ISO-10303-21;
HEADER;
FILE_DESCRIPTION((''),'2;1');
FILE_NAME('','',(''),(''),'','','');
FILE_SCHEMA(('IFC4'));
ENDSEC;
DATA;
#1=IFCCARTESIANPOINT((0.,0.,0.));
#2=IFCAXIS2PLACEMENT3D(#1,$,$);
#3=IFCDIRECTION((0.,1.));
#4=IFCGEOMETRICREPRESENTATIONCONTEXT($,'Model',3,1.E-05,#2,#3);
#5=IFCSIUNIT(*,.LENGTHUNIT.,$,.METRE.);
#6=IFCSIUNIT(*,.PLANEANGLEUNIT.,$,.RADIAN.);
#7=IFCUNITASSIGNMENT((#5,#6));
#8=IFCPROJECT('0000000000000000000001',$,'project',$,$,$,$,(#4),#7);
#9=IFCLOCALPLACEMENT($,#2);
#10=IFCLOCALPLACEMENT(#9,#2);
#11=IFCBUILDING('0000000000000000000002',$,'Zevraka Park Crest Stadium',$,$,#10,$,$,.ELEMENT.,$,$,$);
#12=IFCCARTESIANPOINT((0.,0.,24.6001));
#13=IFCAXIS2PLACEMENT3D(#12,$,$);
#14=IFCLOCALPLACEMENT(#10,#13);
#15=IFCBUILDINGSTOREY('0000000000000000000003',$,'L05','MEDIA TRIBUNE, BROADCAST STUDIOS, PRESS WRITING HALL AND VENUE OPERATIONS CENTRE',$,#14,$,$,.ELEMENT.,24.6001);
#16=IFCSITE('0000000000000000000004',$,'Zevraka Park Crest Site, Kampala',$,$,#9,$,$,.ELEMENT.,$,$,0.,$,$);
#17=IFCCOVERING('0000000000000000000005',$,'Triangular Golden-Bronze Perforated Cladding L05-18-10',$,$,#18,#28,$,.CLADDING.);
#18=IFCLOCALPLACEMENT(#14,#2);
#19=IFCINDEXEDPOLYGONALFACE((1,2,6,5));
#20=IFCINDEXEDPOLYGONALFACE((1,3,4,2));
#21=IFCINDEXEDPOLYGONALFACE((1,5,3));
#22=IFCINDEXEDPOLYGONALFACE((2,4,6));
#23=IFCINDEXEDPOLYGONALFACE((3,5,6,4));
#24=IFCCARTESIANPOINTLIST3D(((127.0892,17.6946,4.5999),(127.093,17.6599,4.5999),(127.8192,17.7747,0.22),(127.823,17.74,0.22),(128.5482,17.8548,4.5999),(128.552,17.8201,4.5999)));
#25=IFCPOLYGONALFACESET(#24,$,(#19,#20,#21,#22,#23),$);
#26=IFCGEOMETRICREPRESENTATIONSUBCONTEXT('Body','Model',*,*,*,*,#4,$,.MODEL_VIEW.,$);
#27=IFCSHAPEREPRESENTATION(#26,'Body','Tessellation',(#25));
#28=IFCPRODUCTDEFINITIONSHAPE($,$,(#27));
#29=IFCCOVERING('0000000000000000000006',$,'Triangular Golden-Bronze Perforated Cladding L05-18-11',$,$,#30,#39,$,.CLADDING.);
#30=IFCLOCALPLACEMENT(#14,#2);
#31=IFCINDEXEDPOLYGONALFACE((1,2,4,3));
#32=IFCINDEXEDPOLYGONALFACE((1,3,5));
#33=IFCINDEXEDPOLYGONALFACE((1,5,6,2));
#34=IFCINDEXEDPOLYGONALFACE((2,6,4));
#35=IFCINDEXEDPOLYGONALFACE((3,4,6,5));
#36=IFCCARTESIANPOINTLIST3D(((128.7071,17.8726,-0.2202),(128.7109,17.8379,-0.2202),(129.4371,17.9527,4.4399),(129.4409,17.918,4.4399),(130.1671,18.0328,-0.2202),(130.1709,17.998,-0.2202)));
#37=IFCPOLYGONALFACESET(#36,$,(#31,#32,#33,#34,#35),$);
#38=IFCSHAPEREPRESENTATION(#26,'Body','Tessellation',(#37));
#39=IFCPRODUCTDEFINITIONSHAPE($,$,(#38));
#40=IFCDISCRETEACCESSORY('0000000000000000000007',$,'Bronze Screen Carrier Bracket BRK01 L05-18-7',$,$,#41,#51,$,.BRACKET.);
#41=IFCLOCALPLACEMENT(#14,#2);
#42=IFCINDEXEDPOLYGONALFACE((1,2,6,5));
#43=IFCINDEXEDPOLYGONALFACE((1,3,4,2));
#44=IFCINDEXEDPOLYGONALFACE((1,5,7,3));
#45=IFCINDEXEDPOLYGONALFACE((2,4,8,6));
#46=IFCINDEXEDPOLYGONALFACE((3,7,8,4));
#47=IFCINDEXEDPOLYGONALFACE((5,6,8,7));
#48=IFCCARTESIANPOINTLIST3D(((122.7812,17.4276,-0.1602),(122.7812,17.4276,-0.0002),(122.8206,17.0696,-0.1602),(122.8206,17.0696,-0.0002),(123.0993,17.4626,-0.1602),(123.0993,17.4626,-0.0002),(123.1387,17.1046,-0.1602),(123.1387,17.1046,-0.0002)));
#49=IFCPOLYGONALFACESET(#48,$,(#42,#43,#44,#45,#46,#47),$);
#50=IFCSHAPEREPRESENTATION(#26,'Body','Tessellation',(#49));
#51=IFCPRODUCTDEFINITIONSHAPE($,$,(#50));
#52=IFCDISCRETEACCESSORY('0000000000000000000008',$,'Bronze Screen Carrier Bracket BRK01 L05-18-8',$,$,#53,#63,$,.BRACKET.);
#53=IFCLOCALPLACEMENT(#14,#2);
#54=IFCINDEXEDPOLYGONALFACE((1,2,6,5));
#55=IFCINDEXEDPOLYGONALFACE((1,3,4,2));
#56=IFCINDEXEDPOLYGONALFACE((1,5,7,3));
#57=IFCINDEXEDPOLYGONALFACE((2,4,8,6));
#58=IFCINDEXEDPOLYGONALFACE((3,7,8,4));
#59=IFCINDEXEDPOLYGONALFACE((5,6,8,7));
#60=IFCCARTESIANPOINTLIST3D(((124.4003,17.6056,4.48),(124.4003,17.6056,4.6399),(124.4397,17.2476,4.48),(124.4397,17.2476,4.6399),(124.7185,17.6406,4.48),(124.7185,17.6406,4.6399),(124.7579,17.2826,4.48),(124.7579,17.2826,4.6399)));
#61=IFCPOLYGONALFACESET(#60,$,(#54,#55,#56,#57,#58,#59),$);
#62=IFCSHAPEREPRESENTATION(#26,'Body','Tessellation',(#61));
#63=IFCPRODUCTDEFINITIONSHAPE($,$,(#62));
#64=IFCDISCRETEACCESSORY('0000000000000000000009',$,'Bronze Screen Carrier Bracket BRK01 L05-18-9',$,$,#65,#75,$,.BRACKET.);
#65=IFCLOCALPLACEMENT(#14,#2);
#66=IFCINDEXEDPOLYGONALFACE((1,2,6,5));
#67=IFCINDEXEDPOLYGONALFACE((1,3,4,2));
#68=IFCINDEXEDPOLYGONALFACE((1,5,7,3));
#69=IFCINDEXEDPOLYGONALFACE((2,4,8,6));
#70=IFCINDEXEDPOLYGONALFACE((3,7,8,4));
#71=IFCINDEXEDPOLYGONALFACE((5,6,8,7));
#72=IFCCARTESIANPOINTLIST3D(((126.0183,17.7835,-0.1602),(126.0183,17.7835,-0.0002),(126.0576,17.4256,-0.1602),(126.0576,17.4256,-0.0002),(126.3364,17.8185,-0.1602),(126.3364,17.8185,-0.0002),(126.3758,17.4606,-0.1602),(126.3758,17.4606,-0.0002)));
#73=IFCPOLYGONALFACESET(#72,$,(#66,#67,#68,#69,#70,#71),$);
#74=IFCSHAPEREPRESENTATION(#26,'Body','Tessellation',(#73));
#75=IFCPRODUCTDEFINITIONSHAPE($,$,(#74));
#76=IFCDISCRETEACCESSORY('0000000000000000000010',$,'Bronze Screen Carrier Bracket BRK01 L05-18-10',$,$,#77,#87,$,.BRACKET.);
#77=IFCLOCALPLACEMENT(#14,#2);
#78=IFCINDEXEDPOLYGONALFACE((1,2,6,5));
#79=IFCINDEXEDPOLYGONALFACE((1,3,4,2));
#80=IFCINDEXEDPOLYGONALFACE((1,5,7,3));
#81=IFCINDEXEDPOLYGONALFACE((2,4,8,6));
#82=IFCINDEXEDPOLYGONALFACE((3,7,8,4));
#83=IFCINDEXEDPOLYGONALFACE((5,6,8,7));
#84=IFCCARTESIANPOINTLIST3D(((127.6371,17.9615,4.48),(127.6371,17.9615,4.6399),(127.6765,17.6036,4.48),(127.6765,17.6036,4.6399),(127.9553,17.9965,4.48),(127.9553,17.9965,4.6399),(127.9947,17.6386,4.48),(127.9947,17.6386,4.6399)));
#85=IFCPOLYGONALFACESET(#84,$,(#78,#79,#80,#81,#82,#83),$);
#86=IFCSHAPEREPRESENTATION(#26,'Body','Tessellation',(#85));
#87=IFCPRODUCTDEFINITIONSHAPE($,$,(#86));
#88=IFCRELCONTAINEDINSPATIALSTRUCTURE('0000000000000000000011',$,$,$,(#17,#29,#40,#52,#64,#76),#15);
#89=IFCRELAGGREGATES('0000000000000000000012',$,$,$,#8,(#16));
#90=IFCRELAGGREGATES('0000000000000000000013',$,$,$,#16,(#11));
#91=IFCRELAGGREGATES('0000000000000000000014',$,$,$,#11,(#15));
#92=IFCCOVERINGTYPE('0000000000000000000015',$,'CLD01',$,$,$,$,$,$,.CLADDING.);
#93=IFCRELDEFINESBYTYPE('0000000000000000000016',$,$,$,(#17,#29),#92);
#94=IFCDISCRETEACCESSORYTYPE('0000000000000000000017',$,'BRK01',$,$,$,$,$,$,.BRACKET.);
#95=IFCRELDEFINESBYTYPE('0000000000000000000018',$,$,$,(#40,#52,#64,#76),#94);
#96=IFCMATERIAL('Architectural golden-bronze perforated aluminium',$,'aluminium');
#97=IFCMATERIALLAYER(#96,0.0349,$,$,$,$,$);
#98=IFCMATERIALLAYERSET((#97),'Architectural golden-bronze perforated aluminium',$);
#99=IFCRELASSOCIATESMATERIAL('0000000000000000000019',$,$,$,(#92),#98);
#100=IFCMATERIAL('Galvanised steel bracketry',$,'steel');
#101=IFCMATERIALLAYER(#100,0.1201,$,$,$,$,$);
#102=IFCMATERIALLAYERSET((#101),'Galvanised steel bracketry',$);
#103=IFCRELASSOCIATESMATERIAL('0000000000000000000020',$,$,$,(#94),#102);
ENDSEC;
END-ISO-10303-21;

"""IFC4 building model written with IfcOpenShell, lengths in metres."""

from ifc_helpers import new_model, si_unit, direction, frame, origin, origin_2d, place, context, subcontext, project, spatial, polyline, rectangle, outline, extrude, material, layer, layer_set, type_object, element, save


model = new_model("IFC4")

# Units and contexts
model_context = context("Model", 3, precision=1e-05, world=origin(), true_north=direction((0.0, 1.0)))
body_context = subcontext(model_context, "Body", "Model", "MODEL_VIEW")
ifc_project = project(units=[si_unit("LENGTHUNIT", "METRE"), si_unit("PLANEANGLEUNIT", "RADIAN")], contexts=[model_context])

# Site, building, storey
site_placement = place(None, origin())
site = spatial("IfcSite", under=ifc_project, at=site_placement, Name="Zevraka Park Crest Site, Kampala", CompositionType="ELEMENT", RefElevation=0.0)
building_placement = place(site_placement, origin())
building = spatial("IfcBuilding", under=site, at=building_placement, Name="Zevraka Park Crest Stadium", CompositionType="ELEMENT")
storey_placement = place(building_placement, frame((0.0, 0.0, 24.6001)))
storey = spatial("IfcBuildingStorey", under=building, at=storey_placement, Name="L05", Description="MEDIA TRIBUNE, BROADCAST STUDIOS, PRESS WRITING HALL AND VENUE OPERATIONS CENTRE", CompositionType="ELEMENT", Elevation=24.6001)

# Coverings
ifc_material_1 = material(Name="Architectural golden-bronze perforated aluminium", Category="aluminium")
ifc_layer_1 = layer(ifc_material_1, 0.0349)
ifc_layer_set_1 = layer_set([ifc_layer_1], Name="Architectural golden-bronze perforated aluminium")
covering_type = type_object("IfcCoveringType", Name="CLD01", PredefinedType="CLADDING", material=ifc_layer_set_1)
covering_1_placement = place(storey_placement, frame((128.552, 17.8201, 4.5999), z_axis=(0.109117, -0.994029, 0.000012), x_axis=(-0.994029, -0.109117, 0.0)))
element("IfcCovering", 1, at=covering_1_placement, inside=storey, type_object=covering_type, Name="Triangular Golden-Bronze Perforated Cladding L05-18-10", PredefinedType="CLADDING", context=body_context, shape_type="SweptSolid", body=[
    extrude(outline(polyline([(0.0, 0.0), (1.4677, 0.0), (0.7334, 4.3799), (0.0, 0.0)])), origin(), (0.0, 0.0, -1.0), 0.0349),
])
covering_2_placement = place(storey_placement, frame((128.7109, 17.8379, -0.2202), z_axis=(0.109045, -0.994037, 0.0), x_axis=(0.994037, 0.109045, 0.0)))
element("IfcCovering", 2, at=covering_2_placement, inside=storey, type_object=covering_type, Name="Triangular Golden-Bronze Perforated Cladding L05-18-11", PredefinedType="CLADDING", context=body_context, shape_type="SweptSolid", body=[
    extrude(outline(polyline([(0.0, 0.0), (1.4687, 0.0), (0.7344, 4.6602), (0.0, 0.0)])), origin(), (0.0, 0.0, -1.0), 0.0349),
])

# Discrete accessories
ifc_material_2 = material(Name="Galvanised steel bracketry", Category="steel")
ifc_layer_2 = layer(ifc_material_2, 0.1201)
ifc_layer_set_2 = layer_set([ifc_layer_2], Name="Galvanised steel bracketry")
discrete_accessory_type = type_object("IfcDiscreteAccessoryType", Name="BRK01", PredefinedType="BRACKET", material=ifc_layer_set_2)
for number, where, z_axis, x_axis, name in (
    (3, (122.96, 17.2661, -0.1602), (0.0, 0.0, 1.0), (0.993999, 0.109387, 0.0), "Bronze Screen Carrier Bracket BRK01 L05-18-7"),
    (4, (124.5791, 17.4441, 4.48), (0.0, 0.0, 1.0), (0.993999, 0.109387, 0.0), "Bronze Screen Carrier Bracket BRK01 L05-18-8"),
    (5, (126.197, 17.6221, -0.1602), (0.0, 0.0, 1.0), (0.993999, 0.109387, 0.0), "Bronze Screen Carrier Bracket BRK01 L05-18-9"),
    (6, (127.8159, 17.8, 4.48), (0.0, 0.0, 1.0), (0.993999, 0.109387, 0.0), "Bronze Screen Carrier Bracket BRK01 L05-18-10"),
):
    element("IfcDiscreteAccessory", number, at=place(storey_placement, frame(where, z_axis=z_axis, x_axis=x_axis)), inside=storey, type_object=discrete_accessory_type, Name=name, PredefinedType="BRACKET", context=body_context, shape_type="SweptSolid", body=[
        extrude(rectangle(XDim=0.3201, YDim=0.3601, at=origin_2d()), origin(), (0.0, 0.0, 1.0), 0.1599),
    ])

save(model, "model.ifc")
